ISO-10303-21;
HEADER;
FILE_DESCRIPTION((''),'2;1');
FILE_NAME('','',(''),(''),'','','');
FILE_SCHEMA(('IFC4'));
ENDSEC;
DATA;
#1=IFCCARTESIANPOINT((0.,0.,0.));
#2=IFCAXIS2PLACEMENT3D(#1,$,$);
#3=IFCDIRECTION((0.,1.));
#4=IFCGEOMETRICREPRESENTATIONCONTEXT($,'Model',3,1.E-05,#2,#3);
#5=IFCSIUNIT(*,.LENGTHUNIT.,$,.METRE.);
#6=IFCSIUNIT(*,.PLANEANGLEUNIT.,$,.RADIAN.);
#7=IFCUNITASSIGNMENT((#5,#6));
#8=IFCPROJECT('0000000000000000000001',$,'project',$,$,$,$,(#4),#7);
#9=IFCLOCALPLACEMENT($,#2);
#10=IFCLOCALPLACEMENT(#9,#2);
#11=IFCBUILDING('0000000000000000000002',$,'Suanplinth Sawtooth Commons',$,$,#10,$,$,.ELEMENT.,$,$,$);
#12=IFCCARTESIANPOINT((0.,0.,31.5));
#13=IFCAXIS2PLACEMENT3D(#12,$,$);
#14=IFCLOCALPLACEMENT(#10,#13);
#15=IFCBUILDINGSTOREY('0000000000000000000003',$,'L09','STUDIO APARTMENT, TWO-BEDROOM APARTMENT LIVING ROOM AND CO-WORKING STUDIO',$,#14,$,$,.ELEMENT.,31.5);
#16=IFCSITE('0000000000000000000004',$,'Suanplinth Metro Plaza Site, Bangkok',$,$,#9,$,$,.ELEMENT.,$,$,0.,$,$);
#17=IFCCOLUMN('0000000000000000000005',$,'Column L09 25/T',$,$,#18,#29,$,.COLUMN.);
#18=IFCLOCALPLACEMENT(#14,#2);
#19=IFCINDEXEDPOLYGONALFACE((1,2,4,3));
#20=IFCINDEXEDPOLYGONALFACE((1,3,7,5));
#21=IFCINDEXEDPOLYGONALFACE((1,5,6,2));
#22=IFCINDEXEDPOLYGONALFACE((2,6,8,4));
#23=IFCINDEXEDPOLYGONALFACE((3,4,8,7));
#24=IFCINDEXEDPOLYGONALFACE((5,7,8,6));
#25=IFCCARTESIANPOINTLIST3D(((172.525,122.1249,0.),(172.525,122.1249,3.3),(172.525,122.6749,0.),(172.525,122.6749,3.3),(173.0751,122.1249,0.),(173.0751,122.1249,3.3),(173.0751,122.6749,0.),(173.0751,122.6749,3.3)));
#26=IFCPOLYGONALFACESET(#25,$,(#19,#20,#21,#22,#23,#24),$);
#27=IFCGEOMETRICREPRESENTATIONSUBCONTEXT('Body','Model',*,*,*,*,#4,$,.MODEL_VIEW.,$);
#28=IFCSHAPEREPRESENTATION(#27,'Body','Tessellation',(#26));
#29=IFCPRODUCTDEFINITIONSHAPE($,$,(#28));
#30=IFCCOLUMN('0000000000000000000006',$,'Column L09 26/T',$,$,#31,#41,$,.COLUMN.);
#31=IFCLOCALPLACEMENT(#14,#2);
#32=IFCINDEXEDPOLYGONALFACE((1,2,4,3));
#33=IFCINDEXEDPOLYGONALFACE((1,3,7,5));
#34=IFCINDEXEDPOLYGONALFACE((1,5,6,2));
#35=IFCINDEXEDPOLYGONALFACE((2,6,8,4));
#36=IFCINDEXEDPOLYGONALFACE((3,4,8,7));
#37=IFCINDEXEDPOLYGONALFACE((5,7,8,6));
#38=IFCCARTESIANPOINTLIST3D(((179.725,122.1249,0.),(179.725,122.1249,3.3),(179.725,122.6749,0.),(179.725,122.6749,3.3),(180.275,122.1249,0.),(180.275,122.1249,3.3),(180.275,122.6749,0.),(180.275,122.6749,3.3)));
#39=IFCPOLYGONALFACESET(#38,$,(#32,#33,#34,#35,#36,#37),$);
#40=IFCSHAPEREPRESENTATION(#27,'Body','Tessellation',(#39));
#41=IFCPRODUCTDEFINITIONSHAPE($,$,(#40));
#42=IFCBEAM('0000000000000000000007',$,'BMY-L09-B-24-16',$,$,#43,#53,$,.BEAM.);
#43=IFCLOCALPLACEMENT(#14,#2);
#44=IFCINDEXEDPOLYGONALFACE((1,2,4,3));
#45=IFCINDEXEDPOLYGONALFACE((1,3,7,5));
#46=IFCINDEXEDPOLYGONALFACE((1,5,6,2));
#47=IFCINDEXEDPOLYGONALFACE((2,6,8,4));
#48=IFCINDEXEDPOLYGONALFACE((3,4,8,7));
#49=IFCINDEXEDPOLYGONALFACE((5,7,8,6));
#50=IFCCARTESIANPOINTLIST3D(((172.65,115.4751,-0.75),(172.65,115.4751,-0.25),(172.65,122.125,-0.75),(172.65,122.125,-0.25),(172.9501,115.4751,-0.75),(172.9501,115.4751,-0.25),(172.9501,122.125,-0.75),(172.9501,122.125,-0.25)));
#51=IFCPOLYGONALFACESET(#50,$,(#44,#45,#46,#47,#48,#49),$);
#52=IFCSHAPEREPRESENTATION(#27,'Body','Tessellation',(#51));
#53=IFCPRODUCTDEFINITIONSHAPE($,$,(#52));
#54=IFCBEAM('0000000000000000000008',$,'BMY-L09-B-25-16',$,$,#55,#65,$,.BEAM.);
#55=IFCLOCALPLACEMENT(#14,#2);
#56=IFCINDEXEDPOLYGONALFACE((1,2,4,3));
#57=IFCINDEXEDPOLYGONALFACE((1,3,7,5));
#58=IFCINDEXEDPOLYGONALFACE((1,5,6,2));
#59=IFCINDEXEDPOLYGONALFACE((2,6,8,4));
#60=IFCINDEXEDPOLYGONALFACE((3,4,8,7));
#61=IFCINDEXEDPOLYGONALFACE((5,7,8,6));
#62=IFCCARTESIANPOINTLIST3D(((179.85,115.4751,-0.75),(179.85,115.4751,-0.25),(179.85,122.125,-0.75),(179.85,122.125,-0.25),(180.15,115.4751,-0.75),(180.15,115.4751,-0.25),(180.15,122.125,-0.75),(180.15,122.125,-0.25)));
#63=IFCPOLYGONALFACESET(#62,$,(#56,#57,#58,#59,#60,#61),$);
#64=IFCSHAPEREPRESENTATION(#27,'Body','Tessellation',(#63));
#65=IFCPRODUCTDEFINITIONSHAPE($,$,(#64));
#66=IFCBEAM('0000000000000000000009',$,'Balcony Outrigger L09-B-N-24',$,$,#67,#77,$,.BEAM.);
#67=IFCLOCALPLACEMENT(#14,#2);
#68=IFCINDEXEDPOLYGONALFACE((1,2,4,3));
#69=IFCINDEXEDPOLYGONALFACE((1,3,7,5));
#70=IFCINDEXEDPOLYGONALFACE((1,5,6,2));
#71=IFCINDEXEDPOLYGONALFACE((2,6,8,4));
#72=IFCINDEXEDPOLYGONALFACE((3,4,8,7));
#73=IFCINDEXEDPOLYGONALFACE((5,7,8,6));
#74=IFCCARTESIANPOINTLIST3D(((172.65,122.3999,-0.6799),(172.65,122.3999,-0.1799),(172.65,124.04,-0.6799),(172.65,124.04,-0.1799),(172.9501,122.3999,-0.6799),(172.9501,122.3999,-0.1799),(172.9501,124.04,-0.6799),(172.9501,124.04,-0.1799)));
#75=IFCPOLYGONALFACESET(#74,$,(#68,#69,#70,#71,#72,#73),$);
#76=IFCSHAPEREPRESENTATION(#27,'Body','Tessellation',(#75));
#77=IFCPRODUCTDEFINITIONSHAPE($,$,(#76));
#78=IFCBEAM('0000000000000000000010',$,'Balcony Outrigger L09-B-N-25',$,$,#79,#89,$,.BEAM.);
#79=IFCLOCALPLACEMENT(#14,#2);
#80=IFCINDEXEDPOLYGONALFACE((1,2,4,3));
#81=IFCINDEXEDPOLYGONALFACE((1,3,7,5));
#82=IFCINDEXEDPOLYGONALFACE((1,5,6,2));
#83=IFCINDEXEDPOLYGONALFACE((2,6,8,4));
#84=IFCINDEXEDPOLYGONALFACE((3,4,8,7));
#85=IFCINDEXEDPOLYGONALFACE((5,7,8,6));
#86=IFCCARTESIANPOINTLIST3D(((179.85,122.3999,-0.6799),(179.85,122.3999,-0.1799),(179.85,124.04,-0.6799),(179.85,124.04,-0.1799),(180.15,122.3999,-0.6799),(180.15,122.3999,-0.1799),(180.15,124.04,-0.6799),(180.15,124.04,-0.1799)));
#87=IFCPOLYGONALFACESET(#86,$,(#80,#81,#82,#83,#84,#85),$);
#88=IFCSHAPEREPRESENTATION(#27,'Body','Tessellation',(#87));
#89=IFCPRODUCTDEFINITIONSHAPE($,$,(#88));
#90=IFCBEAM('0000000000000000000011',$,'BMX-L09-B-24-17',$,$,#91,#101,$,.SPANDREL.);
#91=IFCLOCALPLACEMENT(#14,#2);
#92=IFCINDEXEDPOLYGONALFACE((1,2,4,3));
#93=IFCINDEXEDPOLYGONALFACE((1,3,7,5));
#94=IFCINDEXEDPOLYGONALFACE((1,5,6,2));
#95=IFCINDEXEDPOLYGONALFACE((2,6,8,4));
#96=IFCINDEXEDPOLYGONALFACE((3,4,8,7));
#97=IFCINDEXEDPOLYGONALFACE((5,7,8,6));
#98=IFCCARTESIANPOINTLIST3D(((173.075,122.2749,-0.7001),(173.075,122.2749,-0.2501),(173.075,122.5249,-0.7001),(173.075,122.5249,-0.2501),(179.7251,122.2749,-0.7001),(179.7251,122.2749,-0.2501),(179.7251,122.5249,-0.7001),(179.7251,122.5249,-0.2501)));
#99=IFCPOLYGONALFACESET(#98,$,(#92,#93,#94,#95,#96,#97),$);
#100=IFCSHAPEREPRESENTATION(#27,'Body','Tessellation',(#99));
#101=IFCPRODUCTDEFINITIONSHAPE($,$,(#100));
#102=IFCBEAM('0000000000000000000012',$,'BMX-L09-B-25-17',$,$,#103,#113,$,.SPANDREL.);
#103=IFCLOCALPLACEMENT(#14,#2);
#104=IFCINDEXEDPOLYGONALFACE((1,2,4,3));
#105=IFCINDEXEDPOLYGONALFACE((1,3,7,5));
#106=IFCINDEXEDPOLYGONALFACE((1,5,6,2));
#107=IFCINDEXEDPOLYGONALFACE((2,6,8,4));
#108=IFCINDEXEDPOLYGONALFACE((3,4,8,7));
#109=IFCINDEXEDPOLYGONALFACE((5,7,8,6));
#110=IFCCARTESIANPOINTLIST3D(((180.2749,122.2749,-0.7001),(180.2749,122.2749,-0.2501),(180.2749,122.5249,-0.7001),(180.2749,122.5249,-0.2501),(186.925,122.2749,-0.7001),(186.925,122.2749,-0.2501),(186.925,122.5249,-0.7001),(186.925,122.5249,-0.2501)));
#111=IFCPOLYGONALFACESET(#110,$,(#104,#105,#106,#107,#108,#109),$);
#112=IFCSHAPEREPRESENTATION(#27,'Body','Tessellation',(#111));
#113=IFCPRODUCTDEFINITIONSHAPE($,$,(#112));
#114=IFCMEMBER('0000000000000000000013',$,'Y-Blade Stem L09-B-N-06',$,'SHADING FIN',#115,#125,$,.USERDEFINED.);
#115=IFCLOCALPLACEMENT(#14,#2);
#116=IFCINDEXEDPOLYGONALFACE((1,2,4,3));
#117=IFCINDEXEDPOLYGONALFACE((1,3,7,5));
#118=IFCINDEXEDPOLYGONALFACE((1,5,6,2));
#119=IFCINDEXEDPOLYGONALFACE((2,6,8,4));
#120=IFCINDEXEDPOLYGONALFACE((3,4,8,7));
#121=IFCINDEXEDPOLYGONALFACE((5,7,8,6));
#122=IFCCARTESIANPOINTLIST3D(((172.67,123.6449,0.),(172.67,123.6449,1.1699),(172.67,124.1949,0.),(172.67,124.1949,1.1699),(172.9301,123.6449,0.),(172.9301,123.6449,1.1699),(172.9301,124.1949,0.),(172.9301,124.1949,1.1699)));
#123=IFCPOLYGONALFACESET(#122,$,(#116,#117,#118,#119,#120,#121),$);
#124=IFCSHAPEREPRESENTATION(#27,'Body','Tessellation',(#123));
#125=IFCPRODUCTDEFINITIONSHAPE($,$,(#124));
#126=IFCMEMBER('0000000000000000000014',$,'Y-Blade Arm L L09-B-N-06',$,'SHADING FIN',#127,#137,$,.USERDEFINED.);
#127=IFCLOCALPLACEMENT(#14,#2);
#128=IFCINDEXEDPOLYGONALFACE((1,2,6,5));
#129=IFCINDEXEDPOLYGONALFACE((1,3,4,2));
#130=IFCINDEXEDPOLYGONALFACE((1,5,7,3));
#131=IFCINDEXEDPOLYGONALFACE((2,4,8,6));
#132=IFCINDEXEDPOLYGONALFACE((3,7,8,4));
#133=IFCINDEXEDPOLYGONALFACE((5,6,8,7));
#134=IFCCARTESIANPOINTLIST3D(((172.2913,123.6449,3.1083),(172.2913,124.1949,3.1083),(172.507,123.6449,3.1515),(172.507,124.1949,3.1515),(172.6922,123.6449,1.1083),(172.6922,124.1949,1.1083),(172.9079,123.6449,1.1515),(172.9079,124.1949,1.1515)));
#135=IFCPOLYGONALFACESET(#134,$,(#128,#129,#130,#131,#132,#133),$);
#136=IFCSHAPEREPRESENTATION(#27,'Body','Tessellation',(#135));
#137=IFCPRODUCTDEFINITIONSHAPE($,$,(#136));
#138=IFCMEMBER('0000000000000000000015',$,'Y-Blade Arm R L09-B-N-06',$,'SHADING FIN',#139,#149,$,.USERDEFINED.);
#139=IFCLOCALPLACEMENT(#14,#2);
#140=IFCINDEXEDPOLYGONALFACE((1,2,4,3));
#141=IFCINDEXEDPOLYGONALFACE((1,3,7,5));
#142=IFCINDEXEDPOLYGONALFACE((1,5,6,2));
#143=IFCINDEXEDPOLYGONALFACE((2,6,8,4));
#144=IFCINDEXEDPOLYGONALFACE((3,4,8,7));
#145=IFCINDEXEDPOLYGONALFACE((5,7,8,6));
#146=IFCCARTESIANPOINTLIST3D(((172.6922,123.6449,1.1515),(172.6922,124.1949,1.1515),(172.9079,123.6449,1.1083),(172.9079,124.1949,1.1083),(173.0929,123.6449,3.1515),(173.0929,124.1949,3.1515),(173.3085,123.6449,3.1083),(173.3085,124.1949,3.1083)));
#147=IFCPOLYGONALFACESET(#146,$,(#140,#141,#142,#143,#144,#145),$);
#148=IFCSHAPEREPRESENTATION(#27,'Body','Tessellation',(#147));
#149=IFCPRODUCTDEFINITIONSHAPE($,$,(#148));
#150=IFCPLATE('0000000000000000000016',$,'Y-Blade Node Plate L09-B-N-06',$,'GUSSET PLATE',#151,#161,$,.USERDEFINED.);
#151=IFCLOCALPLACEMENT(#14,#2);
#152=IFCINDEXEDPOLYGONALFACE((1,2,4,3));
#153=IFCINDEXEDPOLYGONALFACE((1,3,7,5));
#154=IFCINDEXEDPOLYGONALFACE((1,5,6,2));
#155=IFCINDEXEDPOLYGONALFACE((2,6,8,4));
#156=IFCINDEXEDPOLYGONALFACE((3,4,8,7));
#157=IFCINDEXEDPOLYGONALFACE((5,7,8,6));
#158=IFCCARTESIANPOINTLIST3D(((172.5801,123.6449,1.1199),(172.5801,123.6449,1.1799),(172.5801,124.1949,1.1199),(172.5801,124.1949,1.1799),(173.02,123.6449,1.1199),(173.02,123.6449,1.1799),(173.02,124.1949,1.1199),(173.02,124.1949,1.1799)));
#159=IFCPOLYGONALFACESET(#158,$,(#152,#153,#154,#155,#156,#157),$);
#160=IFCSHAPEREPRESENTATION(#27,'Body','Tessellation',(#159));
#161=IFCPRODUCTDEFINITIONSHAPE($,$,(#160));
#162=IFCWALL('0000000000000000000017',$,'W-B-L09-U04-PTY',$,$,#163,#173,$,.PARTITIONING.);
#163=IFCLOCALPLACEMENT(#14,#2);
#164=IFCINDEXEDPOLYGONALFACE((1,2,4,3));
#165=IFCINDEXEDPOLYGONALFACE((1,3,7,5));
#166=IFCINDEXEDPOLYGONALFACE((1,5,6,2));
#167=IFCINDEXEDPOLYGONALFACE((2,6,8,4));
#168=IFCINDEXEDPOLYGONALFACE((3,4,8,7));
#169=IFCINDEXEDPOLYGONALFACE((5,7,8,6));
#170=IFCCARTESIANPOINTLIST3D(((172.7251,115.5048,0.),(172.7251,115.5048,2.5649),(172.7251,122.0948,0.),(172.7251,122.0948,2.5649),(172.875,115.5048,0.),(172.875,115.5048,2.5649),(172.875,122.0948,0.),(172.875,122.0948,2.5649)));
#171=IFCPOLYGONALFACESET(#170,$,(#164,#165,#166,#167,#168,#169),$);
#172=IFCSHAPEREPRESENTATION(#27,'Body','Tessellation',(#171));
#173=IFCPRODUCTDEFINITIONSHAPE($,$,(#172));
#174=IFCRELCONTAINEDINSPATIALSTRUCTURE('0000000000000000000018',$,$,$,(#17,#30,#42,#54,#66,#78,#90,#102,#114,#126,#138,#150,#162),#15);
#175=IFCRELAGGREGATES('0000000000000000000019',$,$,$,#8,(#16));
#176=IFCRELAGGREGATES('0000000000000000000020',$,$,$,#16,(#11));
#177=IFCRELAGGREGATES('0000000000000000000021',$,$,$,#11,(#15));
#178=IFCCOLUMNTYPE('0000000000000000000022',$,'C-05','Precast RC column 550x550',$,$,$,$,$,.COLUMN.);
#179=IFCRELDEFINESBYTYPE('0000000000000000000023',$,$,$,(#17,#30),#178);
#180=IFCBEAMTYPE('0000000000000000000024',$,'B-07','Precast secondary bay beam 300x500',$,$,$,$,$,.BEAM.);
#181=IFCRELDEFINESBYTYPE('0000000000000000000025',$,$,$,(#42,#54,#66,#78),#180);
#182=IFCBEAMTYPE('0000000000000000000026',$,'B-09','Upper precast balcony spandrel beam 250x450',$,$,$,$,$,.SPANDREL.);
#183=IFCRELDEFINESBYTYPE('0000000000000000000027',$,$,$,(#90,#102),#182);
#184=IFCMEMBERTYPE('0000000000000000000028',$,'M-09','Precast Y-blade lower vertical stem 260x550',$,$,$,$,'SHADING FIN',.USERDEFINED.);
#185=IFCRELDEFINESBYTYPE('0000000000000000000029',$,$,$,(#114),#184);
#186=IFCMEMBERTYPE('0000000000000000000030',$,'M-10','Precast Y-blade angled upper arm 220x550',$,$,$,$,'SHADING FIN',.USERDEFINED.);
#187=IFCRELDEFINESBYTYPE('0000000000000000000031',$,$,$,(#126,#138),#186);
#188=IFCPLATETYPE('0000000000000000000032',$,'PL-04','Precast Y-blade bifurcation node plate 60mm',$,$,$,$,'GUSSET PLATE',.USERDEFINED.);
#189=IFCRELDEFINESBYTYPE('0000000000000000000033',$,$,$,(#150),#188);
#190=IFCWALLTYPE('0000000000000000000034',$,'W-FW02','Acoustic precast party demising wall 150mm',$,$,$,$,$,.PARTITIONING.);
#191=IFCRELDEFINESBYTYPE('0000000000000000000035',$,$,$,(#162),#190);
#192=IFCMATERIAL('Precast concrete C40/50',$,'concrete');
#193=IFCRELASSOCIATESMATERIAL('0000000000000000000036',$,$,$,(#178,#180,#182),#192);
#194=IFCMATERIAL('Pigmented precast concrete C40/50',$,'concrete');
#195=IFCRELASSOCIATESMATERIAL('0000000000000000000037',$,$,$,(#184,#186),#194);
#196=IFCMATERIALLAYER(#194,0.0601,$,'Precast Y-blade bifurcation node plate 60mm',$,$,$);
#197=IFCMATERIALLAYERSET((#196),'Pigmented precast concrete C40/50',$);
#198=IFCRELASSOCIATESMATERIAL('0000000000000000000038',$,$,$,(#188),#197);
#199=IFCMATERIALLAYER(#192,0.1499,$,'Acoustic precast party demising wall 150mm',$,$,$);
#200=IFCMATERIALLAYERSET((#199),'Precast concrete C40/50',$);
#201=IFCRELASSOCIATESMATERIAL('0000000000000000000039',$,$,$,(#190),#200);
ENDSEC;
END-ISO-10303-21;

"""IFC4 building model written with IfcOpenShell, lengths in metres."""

from ifc_helpers import new_model, si_unit, direction, frame, frame_2d, origin, origin_2d, place, context, subcontext, project, spatial, rectangle, extrude, material, layer, layer_set, material_profile, profile_set, type_object, element, save


model = new_model("IFC4")

# Units and contexts
model_context = context("Model", 3, precision=1e-05, world=origin(), true_north=direction((0.0, 1.0)))
body_context = subcontext(model_context, "Body", "Model", "MODEL_VIEW")
ifc_project = project(units=[si_unit("LENGTHUNIT", "METRE"), si_unit("PLANEANGLEUNIT", "RADIAN")], contexts=[model_context])

# Site, building, storey
site_placement = place(None, origin())
site = spatial("IfcSite", under=ifc_project, at=site_placement, Name="Suanplinth Metro Plaza Site, Bangkok", CompositionType="ELEMENT", RefElevation=0.0)
building_placement = place(site_placement, origin())
building = spatial("IfcBuilding", under=site, at=building_placement, Name="Suanplinth Sawtooth Commons", CompositionType="ELEMENT")
storey_placement = place(building_placement, frame((0.0, 0.0, 31.5)))
storey = spatial("IfcBuildingStorey", under=building, at=storey_placement, Name="L09", Description="STUDIO APARTMENT, TWO-BEDROOM APARTMENT LIVING ROOM AND CO-WORKING STUDIO", CompositionType="ELEMENT", Elevation=31.5)

# Columns
ifc_material_1 = material(Name="Precast concrete C40/50", Category="concrete")
ifc_material_profile_1 = material_profile(ifc_material_1, rectangle(XDim=0.55, YDim=0.55, at=origin_2d()), Name="PC-COL 550x550")
ifc_profile_set_1 = profile_set([ifc_material_profile_1], Name="Precast concrete C40/50")
column_type = type_object("IfcColumnType", Name="C-05", Description="Precast RC column 550x550", PredefinedType="COLUMN", material=ifc_profile_set_1)
for number, where, z_axis, x_axis, name in (
    (1, (172.8, 122.3999, 0.0), (0.0, 0.0, 1.0), (1.0, 0.0, 0.0), "Column L09 25/T"),
    (2, (180.0, 122.3999, 0.0), (0.0, 0.0, 1.0), (1.0, 0.0, 0.0), "Column L09 26/T"),
):
    element("IfcColumn", number, at=place(storey_placement, frame(where, z_axis=z_axis, x_axis=x_axis)), inside=storey, type_object=column_type, Name=name, PredefinedType="COLUMN", context=body_context, shape_type="SweptSolid", body=[
        extrude(rectangle(XDim=0.55, YDim=0.55, at=origin_2d()), origin(), (0.0, 0.0, 1.0), 3.3),
    ])

# Beams
ifc_material_profile_2 = material_profile(ifc_material_1, rectangle(XDim=0.3, YDim=0.5, at=origin_2d()), Name="PC-BM 300x500")
ifc_profile_set_2 = profile_set([ifc_material_profile_2], Name="Precast concrete C40/50")
beam_type_1 = type_object("IfcBeamType", Name="B-07", Description="Precast secondary bay beam 300x500", PredefinedType="BEAM", material=ifc_profile_set_2)
for number, where, z_axis, x_axis, name in (
    (3, (172.8, 115.4751, -0.5), (0.0, 1.0, 0.0), (-1.0, 0.0, 0.0), "BMY-L09-B-24-16"),
    (4, (180.0, 115.4751, -0.5), (0.0, 1.0, 0.0), (-1.0, 0.0, 0.0), "BMY-L09-B-25-16"),
):
    element("IfcBeam", number, at=place(storey_placement, frame(where, z_axis=z_axis, x_axis=x_axis)), inside=storey, type_object=beam_type_1, Name=name, PredefinedType="BEAM", context=body_context, shape_type="SweptSolid", body=[
        extrude(rectangle(XDim=0.3, YDim=0.5, at=origin_2d()), origin(), (0.0, 0.0, 1.0), 6.6499),
    ])
for number, where, z_axis, x_axis, name in (
    (5, (172.8, 122.3999, -0.4299), (0.0, 1.0, 0.0), (-1.0, 0.0, 0.0), "Balcony Outrigger L09-B-N-24"),
    (6, (180.0, 122.3999, -0.4299), (0.0, 1.0, 0.0), (-1.0, 0.0, 0.0), "Balcony Outrigger L09-B-N-25"),
):
    element("IfcBeam", number, at=place(storey_placement, frame(where, z_axis=z_axis, x_axis=x_axis)), inside=storey, type_object=beam_type_1, Name=name, PredefinedType="BEAM", context=body_context, shape_type="SweptSolid", body=[
        extrude(rectangle(XDim=0.3, YDim=0.5, at=origin_2d()), origin(), (0.0, 0.0, 1.0), 1.6401),
    ])
ifc_material_profile_3 = material_profile(ifc_material_1, rectangle(XDim=0.25, YDim=0.45, at=origin_2d()), Name="PC-SP 250x450")
ifc_profile_set_3 = profile_set([ifc_material_profile_3], Name="Precast concrete C40/50")
beam_type_2 = type_object("IfcBeamType", Name="B-09", Description="Upper precast balcony spandrel beam 250x450", PredefinedType="SPANDREL", material=ifc_profile_set_3)
for number, where, z_axis, x_axis, name in (
    (7, (173.075, 122.3999, -0.4751), (1.0, 0.0, 0.0), (0.0, 1.0, 0.0), "BMX-L09-B-24-17"),
    (8, (180.2749, 122.3999, -0.4751), (1.0, 0.0, 0.0), (0.0, 1.0, 0.0), "BMX-L09-B-25-17"),
):
    element("IfcBeam", number, at=place(storey_placement, frame(where, z_axis=z_axis, x_axis=x_axis)), inside=storey, type_object=beam_type_2, Name=name, PredefinedType="SPANDREL", context=body_context, shape_type="SweptSolid", body=[
        extrude(rectangle(XDim=0.25, YDim=0.45, at=origin_2d()), origin(), (0.0, 0.0, 1.0), 6.6501),
    ])

# Members
ifc_material_2 = material(Name="Pigmented precast concrete C40/50", Category="concrete")
ifc_material_profile_4 = material_profile(ifc_material_2, rectangle(XDim=0.26, YDim=0.55, at=origin_2d()), Name="PC-FIN 260x550")
ifc_profile_set_4 = profile_set([ifc_material_profile_4], Name="Pigmented precast concrete C40/50")
member_type_1 = type_object("IfcMemberType", Name="M-09", Description="Precast Y-blade lower vertical stem 260x550", ElementType="SHADING FIN", PredefinedType="USERDEFINED", material=ifc_profile_set_4)
member_placement = place(storey_placement, frame((172.8, 123.9199, 0.0), z_axis=(0.0, 0.0, 1.0), x_axis=(1.0, 0.0, 0.0)))
element("IfcMember", 9, at=member_placement, inside=storey, type_object=member_type_1, Name="Y-Blade Stem L09-B-N-06", ObjectType="SHADING FIN", PredefinedType="USERDEFINED", context=body_context, shape_type="SweptSolid", body=[
    extrude(rectangle(XDim=0.26, YDim=0.55, at=origin_2d()), origin(), (0.0, 0.0, 1.0), 1.1699),
])
ifc_material_profile_5 = material_profile(ifc_material_2, rectangle(XDim=0.22, YDim=0.55, at=origin_2d()), Name="PC-FIN 220x550")
ifc_profile_set_5 = profile_set([ifc_material_profile_5], Name="Pigmented precast concrete C40/50")
member_type_2 = type_object("IfcMemberType", Name="M-10", Description="Precast Y-blade angled upper arm 220x550", ElementType="SHADING FIN", PredefinedType="USERDEFINED", material=ifc_profile_set_5)
for number, where, z_axis, x_axis, name in (
    (10, (172.8, 123.9199, 1.1299), (-0.19653, 0.0, 0.980498), (0.980498, 0.0, 0.19653), "Y-Blade Arm L L09-B-N-06"),
    (11, (172.8, 123.9199, 1.1299), (0.196415, 0.0, 0.980521), (-0.980521, 0.0, 0.196415), "Y-Blade Arm R L09-B-N-06"),
):
    element("IfcMember", number, at=place(storey_placement, frame(where, z_axis=z_axis, x_axis=x_axis)), inside=storey, type_object=member_type_2, Name=name, ObjectType="SHADING FIN", PredefinedType="USERDEFINED", context=body_context, shape_type="SweptSolid", body=[
        extrude(rectangle(XDim=0.22, YDim=0.55, at=origin_2d()), origin(), (0.0, 0.0, 1.0), 2.0398),
    ])

# Plate
ifc_layer_1 = layer(ifc_material_2, 0.0601, Name="Precast Y-blade bifurcation node plate 60mm")
ifc_layer_set_1 = layer_set([ifc_layer_1], Name="Pigmented precast concrete C40/50")
plate_type = type_object("IfcPlateType", Name="PL-04", Description="Precast Y-blade bifurcation node plate 60mm", ElementType="GUSSET PLATE", PredefinedType="USERDEFINED", material=ifc_layer_set_1)
plate_placement = place(storey_placement, frame((172.8, 123.9199, 1.1199), z_axis=(0.0, 0.0, 1.0), x_axis=(1.0, 0.0, 0.0)))
element("IfcPlate", 12, at=plate_placement, inside=storey, type_object=plate_type, Name="Y-Blade Node Plate L09-B-N-06", ObjectType="GUSSET PLATE", PredefinedType="USERDEFINED", context=body_context, shape_type="SweptSolid", body=[
    extrude(rectangle(XDim=0.4399, YDim=0.55, at=origin_2d()), origin(), (0.0, 0.0, 1.0), 0.0601),
])

# Wall
ifc_layer_2 = layer(ifc_material_1, 0.1499, Name="Acoustic precast party demising wall 150mm")
ifc_layer_set_2 = layer_set([ifc_layer_2], Name="Precast concrete C40/50")
wall_type_1 = type_object("IfcWallType", Name="W-FW02", Description="Acoustic precast party demising wall 150mm", PredefinedType="PARTITIONING", material=ifc_layer_set_2)
wall_1_placement = place(storey_placement, frame((172.8, 115.5049, 0.0), z_axis=(0.0, 0.0, 1.0), x_axis=(0.0, 1.0, 0.0)))
element("IfcWall", 13, at=wall_1_placement, inside=storey, type_object=wall_type_1, Name="W-B-L09-U04-PTY", PredefinedType="PARTITIONING", context=body_context, shape_type="SweptSolid", body=[
    extrude(rectangle(XDim=6.5901, YDim=0.1499, at=frame_2d((3.2949, 0.0))), origin(), (0.0, 0.0, 1.0), 2.5649),
])

save(model, "model.ifc")
